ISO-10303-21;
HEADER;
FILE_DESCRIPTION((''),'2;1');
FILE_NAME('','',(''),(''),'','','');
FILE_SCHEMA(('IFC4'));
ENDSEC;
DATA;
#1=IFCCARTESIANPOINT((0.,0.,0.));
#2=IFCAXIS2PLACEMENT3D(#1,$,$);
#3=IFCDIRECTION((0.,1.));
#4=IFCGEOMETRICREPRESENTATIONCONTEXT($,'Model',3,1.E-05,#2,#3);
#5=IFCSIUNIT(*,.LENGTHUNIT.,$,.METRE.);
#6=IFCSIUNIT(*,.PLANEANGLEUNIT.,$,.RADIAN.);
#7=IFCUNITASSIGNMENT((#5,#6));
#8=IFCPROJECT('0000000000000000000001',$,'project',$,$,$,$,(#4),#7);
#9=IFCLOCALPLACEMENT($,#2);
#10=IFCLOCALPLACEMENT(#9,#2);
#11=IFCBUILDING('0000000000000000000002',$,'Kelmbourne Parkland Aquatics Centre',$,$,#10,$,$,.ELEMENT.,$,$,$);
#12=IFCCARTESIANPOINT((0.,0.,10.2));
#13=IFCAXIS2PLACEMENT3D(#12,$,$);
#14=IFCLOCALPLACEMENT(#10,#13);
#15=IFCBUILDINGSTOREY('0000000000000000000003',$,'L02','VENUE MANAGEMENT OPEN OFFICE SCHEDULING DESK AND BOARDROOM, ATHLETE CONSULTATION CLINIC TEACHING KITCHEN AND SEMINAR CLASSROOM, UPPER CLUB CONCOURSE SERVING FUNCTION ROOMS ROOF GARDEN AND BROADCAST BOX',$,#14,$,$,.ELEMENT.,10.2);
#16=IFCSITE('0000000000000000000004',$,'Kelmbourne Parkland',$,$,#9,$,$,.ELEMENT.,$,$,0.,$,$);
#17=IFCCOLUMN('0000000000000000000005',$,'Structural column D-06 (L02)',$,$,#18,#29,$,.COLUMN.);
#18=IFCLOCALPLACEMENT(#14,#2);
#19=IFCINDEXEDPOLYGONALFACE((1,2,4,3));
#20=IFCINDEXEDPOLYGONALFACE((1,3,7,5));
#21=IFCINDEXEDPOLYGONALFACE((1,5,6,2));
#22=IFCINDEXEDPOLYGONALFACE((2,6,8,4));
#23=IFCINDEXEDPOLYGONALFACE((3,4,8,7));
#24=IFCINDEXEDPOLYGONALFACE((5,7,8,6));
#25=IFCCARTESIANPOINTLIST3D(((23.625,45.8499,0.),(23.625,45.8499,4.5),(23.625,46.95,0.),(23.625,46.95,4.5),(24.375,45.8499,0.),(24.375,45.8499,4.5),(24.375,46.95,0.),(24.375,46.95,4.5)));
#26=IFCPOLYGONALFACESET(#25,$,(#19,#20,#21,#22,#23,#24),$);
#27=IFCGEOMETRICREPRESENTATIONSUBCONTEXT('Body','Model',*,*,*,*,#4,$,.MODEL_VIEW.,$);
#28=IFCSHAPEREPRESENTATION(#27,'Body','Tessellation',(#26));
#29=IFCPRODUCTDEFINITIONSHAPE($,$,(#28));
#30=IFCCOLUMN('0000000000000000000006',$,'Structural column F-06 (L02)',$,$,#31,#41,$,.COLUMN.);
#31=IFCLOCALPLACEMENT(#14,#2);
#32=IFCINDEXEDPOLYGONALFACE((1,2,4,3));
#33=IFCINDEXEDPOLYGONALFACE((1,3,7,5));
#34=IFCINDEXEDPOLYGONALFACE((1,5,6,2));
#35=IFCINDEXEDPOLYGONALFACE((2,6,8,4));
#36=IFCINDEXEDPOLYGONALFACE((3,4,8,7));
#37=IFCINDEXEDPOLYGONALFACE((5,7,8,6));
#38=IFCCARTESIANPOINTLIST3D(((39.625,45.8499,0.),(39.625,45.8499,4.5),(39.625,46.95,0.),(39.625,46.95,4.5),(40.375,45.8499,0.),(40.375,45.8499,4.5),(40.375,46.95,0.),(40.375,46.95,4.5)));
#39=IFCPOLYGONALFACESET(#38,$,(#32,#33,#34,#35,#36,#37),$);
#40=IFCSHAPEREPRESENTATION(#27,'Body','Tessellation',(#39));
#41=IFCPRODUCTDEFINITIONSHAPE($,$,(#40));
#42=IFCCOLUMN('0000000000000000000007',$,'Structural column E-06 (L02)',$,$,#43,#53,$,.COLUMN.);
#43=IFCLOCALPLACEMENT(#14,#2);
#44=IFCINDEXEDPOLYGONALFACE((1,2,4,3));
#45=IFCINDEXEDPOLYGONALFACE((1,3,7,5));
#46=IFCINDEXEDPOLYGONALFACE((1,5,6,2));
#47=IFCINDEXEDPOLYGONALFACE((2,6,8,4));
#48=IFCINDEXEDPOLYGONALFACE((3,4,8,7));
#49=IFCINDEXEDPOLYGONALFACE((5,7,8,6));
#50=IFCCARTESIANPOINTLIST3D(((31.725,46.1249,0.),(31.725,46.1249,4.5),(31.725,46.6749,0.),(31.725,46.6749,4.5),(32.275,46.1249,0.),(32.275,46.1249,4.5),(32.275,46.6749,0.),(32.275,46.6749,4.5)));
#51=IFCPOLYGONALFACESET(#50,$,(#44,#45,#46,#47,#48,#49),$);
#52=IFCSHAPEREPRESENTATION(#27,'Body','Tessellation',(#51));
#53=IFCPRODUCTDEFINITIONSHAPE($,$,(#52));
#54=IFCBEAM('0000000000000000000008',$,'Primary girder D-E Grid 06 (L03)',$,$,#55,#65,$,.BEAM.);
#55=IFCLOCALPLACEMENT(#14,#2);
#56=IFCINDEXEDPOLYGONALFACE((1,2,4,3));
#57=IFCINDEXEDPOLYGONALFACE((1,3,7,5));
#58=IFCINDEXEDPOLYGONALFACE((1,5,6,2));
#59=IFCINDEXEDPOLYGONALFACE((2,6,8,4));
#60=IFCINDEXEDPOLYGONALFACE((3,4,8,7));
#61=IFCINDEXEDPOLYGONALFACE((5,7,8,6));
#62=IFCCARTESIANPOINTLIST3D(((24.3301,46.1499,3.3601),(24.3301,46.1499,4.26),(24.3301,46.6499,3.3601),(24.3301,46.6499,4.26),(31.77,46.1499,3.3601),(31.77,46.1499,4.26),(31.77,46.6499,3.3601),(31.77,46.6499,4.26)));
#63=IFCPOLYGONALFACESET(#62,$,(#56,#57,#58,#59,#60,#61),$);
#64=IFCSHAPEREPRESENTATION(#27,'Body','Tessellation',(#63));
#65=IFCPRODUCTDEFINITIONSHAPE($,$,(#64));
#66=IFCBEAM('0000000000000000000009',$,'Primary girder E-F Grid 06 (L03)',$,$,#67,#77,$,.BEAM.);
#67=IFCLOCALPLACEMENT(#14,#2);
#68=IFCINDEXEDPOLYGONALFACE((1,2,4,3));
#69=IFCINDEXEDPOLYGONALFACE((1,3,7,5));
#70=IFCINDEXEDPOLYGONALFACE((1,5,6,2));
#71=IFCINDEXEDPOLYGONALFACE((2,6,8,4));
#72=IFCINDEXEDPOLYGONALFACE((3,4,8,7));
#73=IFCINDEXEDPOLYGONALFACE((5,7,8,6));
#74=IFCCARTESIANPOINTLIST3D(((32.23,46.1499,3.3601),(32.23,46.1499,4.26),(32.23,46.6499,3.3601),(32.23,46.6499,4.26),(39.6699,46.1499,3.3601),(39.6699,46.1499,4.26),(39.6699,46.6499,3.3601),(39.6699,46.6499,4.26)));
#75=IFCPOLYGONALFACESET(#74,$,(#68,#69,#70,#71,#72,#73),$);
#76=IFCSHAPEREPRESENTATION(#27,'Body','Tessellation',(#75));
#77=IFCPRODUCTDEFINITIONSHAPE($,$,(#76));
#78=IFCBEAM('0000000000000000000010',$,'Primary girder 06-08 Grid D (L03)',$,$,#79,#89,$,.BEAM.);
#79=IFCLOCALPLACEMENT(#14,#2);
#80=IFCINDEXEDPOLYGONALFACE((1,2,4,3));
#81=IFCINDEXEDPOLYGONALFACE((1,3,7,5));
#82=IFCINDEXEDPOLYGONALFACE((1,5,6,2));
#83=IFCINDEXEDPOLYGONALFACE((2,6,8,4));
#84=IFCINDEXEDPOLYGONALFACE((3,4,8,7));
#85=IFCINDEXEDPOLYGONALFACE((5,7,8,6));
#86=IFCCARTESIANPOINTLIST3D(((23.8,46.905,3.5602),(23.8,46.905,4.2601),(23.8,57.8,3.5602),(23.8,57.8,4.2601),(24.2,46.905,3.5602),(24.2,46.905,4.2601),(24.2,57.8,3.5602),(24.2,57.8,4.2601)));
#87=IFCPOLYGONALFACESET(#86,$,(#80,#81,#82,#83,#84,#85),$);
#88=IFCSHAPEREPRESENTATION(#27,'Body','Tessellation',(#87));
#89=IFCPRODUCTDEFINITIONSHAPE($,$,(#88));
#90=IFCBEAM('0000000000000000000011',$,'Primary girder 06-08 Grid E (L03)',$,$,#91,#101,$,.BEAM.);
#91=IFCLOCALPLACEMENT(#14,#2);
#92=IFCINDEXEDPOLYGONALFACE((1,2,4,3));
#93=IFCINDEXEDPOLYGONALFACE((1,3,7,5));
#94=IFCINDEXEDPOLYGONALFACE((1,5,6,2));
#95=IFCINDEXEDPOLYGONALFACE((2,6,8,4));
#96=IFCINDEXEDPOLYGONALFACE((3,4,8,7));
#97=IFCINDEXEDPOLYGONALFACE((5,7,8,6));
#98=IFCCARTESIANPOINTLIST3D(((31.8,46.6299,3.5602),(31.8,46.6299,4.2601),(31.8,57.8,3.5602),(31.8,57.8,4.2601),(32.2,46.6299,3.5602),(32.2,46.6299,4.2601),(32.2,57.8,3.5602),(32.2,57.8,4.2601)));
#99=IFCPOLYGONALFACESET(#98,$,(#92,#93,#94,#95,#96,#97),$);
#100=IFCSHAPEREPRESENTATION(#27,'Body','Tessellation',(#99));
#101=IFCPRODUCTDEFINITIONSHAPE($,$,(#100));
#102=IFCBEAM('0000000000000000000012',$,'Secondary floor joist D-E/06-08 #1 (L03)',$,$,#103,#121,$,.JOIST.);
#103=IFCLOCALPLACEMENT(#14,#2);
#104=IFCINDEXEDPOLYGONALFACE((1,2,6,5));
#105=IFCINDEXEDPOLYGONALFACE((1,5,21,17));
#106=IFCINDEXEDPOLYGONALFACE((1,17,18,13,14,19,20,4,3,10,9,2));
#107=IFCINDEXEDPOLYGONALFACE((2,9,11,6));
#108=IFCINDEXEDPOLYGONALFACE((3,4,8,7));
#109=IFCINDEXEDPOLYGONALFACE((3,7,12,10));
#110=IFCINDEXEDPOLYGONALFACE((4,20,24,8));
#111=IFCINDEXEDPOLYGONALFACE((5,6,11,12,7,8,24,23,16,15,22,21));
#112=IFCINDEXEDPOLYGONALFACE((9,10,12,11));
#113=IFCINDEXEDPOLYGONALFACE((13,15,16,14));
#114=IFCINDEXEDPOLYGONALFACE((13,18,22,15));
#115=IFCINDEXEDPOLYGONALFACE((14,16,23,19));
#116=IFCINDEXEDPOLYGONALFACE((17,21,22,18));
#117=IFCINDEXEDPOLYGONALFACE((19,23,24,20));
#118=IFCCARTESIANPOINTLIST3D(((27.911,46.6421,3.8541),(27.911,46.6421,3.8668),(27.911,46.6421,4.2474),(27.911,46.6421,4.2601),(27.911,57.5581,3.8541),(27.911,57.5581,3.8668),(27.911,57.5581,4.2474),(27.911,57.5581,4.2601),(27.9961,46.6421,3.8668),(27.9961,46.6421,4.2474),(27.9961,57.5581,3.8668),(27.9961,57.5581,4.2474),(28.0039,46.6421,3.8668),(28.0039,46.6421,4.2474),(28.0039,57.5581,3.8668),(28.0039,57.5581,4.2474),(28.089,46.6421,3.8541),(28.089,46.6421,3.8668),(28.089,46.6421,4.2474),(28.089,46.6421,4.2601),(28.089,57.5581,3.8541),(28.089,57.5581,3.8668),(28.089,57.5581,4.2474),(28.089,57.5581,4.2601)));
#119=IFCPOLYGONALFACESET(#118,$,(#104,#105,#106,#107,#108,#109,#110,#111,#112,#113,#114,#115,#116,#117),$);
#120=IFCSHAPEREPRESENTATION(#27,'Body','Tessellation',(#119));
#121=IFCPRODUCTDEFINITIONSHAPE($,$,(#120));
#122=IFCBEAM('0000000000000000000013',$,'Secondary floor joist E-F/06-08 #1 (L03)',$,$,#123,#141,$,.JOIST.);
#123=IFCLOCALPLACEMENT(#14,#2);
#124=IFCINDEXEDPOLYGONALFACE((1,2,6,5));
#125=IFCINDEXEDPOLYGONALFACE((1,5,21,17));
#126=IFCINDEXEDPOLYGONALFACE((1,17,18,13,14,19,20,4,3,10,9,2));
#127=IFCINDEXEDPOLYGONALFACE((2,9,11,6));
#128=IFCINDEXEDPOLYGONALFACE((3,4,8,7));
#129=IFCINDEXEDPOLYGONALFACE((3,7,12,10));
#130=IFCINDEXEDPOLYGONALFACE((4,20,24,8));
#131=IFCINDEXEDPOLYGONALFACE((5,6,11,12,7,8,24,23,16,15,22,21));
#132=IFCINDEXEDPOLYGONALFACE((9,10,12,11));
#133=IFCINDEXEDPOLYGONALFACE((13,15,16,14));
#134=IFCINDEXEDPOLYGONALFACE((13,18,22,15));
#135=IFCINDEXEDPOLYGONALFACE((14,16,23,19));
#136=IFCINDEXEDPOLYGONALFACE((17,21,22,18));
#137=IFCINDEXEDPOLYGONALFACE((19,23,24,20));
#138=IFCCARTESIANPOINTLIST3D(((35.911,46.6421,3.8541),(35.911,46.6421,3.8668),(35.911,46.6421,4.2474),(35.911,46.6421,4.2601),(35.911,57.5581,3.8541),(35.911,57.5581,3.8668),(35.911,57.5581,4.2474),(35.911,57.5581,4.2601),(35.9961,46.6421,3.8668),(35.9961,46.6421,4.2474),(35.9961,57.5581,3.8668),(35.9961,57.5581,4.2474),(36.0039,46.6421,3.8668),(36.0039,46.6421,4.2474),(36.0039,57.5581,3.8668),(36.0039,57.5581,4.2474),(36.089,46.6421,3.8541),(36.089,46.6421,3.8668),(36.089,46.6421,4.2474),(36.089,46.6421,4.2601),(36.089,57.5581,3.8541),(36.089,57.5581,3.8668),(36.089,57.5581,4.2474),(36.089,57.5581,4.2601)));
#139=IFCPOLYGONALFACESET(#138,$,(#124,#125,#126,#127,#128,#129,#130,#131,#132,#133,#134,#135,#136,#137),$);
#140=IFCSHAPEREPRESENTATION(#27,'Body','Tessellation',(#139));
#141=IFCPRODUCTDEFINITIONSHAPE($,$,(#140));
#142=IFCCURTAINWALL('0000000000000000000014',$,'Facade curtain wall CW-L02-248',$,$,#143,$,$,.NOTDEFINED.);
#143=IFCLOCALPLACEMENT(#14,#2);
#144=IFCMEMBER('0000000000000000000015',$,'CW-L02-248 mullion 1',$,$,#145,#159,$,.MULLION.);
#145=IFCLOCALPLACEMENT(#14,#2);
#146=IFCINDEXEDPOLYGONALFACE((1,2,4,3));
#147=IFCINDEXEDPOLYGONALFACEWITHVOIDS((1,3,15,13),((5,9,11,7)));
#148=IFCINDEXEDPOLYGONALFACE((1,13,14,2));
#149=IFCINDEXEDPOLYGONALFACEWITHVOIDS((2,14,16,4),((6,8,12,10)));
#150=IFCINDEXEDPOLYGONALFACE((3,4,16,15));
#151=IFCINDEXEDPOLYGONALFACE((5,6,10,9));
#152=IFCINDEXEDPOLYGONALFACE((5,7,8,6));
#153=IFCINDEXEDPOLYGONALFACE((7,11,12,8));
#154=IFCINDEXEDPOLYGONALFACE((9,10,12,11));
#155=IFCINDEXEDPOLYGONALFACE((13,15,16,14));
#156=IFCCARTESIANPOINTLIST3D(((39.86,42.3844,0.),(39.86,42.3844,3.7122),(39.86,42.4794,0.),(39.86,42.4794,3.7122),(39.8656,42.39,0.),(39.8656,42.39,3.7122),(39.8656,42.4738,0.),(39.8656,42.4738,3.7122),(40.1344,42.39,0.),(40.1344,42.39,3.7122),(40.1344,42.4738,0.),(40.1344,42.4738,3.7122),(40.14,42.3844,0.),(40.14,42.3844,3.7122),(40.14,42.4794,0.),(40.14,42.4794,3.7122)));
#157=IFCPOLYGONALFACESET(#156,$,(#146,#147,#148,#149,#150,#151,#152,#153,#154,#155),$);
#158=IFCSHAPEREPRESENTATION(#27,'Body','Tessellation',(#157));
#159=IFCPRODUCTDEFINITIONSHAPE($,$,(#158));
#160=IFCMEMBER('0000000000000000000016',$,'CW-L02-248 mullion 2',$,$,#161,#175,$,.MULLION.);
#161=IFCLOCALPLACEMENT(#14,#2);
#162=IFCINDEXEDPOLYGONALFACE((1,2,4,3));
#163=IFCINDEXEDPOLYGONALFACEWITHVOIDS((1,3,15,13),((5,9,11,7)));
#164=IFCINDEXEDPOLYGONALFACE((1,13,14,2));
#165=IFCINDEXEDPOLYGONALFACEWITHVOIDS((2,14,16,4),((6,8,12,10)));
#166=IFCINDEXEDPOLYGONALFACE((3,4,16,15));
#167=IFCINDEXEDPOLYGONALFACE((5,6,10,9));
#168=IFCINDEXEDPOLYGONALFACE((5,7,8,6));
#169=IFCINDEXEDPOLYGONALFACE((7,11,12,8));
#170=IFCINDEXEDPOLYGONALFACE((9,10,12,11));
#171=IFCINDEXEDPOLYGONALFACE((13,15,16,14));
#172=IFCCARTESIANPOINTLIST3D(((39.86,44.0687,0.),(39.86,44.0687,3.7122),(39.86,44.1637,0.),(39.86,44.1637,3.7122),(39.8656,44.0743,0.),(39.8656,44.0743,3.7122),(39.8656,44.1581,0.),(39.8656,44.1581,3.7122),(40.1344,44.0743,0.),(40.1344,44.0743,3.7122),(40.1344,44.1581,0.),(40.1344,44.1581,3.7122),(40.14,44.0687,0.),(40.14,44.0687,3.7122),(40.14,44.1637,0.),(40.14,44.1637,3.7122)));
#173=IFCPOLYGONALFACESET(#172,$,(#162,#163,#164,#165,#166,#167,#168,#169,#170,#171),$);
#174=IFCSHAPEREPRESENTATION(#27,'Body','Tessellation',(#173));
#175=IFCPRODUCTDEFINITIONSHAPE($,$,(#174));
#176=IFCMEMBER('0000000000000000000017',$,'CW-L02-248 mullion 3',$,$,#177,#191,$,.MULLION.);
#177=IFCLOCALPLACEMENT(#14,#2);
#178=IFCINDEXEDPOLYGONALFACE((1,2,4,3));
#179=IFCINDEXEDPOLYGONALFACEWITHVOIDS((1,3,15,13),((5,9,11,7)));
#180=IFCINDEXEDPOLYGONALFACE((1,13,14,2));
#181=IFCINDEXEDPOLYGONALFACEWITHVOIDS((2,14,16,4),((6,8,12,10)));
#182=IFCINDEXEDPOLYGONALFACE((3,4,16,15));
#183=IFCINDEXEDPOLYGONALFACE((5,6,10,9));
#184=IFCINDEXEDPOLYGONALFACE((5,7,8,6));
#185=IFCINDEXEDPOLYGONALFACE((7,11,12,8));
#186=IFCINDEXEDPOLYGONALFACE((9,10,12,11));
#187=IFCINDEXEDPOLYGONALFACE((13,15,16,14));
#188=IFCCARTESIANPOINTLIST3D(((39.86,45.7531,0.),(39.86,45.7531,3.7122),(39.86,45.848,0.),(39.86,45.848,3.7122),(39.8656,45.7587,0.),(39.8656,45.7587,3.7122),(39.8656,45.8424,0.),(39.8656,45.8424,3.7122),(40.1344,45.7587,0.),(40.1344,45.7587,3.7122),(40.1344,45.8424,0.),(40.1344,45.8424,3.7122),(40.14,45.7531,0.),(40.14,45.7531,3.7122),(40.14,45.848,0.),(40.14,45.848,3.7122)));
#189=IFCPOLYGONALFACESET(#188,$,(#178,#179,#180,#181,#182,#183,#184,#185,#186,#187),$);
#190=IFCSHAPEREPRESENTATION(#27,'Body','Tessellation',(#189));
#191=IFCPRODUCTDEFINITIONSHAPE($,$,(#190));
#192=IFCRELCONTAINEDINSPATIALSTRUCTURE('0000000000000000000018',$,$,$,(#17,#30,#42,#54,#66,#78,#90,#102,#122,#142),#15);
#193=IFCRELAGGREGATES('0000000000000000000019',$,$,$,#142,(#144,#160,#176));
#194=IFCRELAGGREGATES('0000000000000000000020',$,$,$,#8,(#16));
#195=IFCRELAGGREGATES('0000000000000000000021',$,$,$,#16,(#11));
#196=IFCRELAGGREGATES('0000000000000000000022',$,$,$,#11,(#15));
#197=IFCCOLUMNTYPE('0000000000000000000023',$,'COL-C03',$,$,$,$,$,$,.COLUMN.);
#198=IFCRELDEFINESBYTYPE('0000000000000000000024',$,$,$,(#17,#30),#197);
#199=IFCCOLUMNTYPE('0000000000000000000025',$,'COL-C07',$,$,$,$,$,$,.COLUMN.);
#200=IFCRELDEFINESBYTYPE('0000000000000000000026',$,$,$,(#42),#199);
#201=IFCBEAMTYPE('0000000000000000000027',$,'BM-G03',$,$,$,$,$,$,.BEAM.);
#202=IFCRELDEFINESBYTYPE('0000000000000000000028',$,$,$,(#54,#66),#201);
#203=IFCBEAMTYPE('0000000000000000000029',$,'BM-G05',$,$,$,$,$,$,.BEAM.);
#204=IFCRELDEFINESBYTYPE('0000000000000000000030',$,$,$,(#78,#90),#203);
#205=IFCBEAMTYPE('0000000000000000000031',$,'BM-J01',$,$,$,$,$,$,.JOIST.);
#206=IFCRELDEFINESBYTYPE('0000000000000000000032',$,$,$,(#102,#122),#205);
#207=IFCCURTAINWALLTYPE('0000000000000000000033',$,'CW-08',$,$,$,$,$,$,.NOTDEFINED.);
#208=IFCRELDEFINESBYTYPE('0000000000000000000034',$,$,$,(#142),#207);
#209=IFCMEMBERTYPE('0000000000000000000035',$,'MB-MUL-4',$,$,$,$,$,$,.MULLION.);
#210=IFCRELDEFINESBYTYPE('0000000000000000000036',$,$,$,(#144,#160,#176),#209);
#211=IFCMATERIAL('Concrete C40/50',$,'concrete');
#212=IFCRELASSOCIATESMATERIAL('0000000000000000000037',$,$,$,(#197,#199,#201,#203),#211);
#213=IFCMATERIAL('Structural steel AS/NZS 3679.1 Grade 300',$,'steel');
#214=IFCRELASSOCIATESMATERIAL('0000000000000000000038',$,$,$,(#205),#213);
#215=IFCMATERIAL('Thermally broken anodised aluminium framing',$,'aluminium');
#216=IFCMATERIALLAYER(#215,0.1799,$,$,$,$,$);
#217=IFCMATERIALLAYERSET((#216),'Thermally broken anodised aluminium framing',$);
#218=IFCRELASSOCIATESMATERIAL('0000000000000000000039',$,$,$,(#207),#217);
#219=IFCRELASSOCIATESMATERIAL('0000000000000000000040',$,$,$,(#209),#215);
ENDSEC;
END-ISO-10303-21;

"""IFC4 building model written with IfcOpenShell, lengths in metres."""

from ifc_helpers import new_model, si_unit, direction, frame, origin, origin_2d, place, context, subcontext, project, spatial, rectangle, hollow_rectangle, i_section, extrude, material, layer, layer_set, material_profile, profile_set, type_object, element, aggregate, save


model = new_model("IFC4")

# Units and contexts
model_context = context("Model", 3, precision=1e-05, world=origin(), true_north=direction((0.0, 1.0)))
body_context = subcontext(model_context, "Body", "Model", "MODEL_VIEW")
ifc_project = project(units=[si_unit("LENGTHUNIT", "METRE"), si_unit("PLANEANGLEUNIT", "RADIAN")], contexts=[model_context])

# Site, building, storey
site_placement = place(None, origin())
site = spatial("IfcSite", under=ifc_project, at=site_placement, Name="Kelmbourne Parkland", CompositionType="ELEMENT", RefElevation=0.0)
building_placement = place(site_placement, origin())
building = spatial("IfcBuilding", under=site, at=building_placement, Name="Kelmbourne Parkland Aquatics Centre", CompositionType="ELEMENT")
storey_placement = place(building_placement, frame((0.0, 0.0, 10.2)))
storey = spatial("IfcBuildingStorey", under=building, at=storey_placement, Name="L02", Description="VENUE MANAGEMENT OPEN OFFICE SCHEDULING DESK AND BOARDROOM, ATHLETE CONSULTATION CLINIC TEACHING KITCHEN AND SEMINAR CLASSROOM, UPPER CLUB CONCOURSE SERVING FUNCTION ROOMS ROOF GARDEN AND BROADCAST BOX", CompositionType="ELEMENT", Elevation=10.2)

# Columns
ifc_material_1 = material(Name="Concrete C40/50", Category="concrete")
ifc_material_profile_1 = material_profile(ifc_material_1, rectangle(XDim=0.75, YDim=1.1001, at=origin_2d()), Name="RC 750x1100")
ifc_profile_set_1 = profile_set([ifc_material_profile_1], Name="Concrete C40/50")
column_type_1 = type_object("IfcColumnType", Name="COL-C03", PredefinedType="COLUMN", material=ifc_profile_set_1)
for number, where, z_axis, x_axis, name in (
    (1, (24.0, 46.3999, 0.0), (0.0, 0.0, 1.0), (1.0, 0.0, 0.0), "Structural column D-06 (L02)"),
    (2, (40.0, 46.3999, 0.0), (0.0, 0.0, 1.0), (1.0, 0.0, 0.0), "Structural column F-06 (L02)"),
):
    element("IfcColumn", number, at=place(storey_placement, frame(where, z_axis=z_axis, x_axis=x_axis)), inside=storey, type_object=column_type_1, Name=name, PredefinedType="COLUMN", context=body_context, shape_type="SweptSolid", body=[
        extrude(rectangle(XDim=0.75, YDim=1.1001, at=origin_2d()), origin(), (0.0, 0.0, 1.0), 4.5),
    ])
ifc_material_profile_2 = material_profile(ifc_material_1, rectangle(XDim=0.55, YDim=0.55, at=origin_2d()), Name="RC 550x550")
ifc_profile_set_2 = profile_set([ifc_material_profile_2], Name="Concrete C40/50")
column_type_2 = type_object("IfcColumnType", Name="COL-C07", PredefinedType="COLUMN", material=ifc_profile_set_2)
column_placement = place(storey_placement, frame((32.0, 46.3999, 0.0), z_axis=(0.0, 0.0, 1.0), x_axis=(1.0, 0.0, 0.0)))
element("IfcColumn", 3, at=column_placement, inside=storey, type_object=column_type_2, Name="Structural column E-06 (L02)", PredefinedType="COLUMN", context=body_context, shape_type="SweptSolid", body=[
    extrude(rectangle(XDim=0.55, YDim=0.55, at=origin_2d()), origin(), (0.0, 0.0, 1.0), 4.5),
])

# Beams
ifc_material_profile_3 = material_profile(ifc_material_1, rectangle(XDim=0.5, YDim=0.8999, at=origin_2d()), Name="RC 500x900")
ifc_profile_set_3 = profile_set([ifc_material_profile_3], Name="Concrete C40/50")
beam_type_1 = type_object("IfcBeamType", Name="BM-G03", PredefinedType="BEAM", material=ifc_profile_set_3)
for number, where, z_axis, x_axis, name in (
    (4, (24.3301, 46.3999, 3.8101), (1.0, 0.0, 0.0), (0.0, 1.0, 0.0), "Primary girder D-E Grid 06 (L03)"),
    (5, (32.23, 46.3999, 3.8101), (1.0, 0.0, 0.0), (0.0, 1.0, 0.0), "Primary girder E-F Grid 06 (L03)"),
):
    element("IfcBeam", number, at=place(storey_placement, frame(where, z_axis=z_axis, x_axis=x_axis)), inside=storey, type_object=beam_type_1, Name=name, PredefinedType="BEAM", context=body_context, shape_type="SweptSolid", body=[
        extrude(rectangle(XDim=0.5, YDim=0.8999, at=origin_2d()), origin(), (0.0, 0.0, 1.0), 7.4399),
    ])
ifc_material_profile_4 = material_profile(ifc_material_1, rectangle(XDim=0.3999, YDim=0.7, at=origin_2d()), Name="RC 400x700")
ifc_profile_set_4 = profile_set([ifc_material_profile_4], Name="Concrete C40/50")
beam_type_2 = type_object("IfcBeamType", Name="BM-G05", PredefinedType="BEAM", material=ifc_profile_set_4)
beam_1_placement = place(storey_placement, frame((24.0, 46.905, 3.9102), z_axis=(0.0, 1.0, 0.0), x_axis=(-1.0, 0.0, 0.0)))
element("IfcBeam", 6, at=beam_1_placement, inside=storey, type_object=beam_type_2, Name="Primary girder 06-08 Grid D (L03)", PredefinedType="BEAM", context=body_context, shape_type="SweptSolid", body=[
    extrude(rectangle(XDim=0.3999, YDim=0.7, at=origin_2d()), origin(), (0.0, 0.0, 1.0), 10.895),
])
beam_2_placement = place(storey_placement, frame((32.0, 46.6299, 3.9102), z_axis=(0.0, 1.0, 0.0), x_axis=(-1.0, 0.0, 0.0)))
element("IfcBeam", 7, at=beam_2_placement, inside=storey, type_object=beam_type_2, Name="Primary girder 06-08 Grid E (L03)", PredefinedType="BEAM", context=body_context, shape_type="SweptSolid", body=[
    extrude(rectangle(XDim=0.3999, YDim=0.7, at=origin_2d()), origin(), (0.0, 0.0, 1.0), 11.1702),
])
ifc_material_2 = material(Name="Structural steel AS/NZS 3679.1 Grade 300", Category="steel")
ifc_material_profile_5 = material_profile(ifc_material_2, i_section(OverallWidth=0.178, OverallDepth=0.406, WebThickness=0.0078, FlangeThickness=0.0127, at=origin_2d()), Name="410UB59.7")
ifc_profile_set_5 = profile_set([ifc_material_profile_5], Name="Structural steel AS/NZS 3679.1 Grade 300")
beam_type_3 = type_object("IfcBeamType", Name="BM-J01", PredefinedType="JOIST", material=ifc_profile_set_5)
for number, where, z_axis, x_axis, name in (
    (8, (28.0, 46.6421, 4.0571), (0.0, 1.0, 0.0), (-1.0, 0.0, 0.0), "Secondary floor joist D-E/06-08 #1 (L03)"),
    (9, (36.0, 46.6421, 4.0571), (0.0, 1.0, 0.0), (-1.0, 0.0, 0.0), "Secondary floor joist E-F/06-08 #1 (L03)"),
):
    element("IfcBeam", number, at=place(storey_placement, frame(where, z_axis=z_axis, x_axis=x_axis)), inside=storey, type_object=beam_type_3, Name=name, PredefinedType="JOIST", context=body_context, shape_type="SweptSolid", body=[
        extrude(i_section(OverallWidth=0.178, OverallDepth=0.406, WebThickness=0.0078, FlangeThickness=0.0127, at=origin_2d()), origin(), (0.0, 0.0, 1.0), 10.916),
    ])

# Curtain wall, members
ifc_material_3 = material(Name="Thermally broken anodised aluminium framing", Category="aluminium")
ifc_layer_1 = layer(ifc_material_3, 0.1799)
ifc_layer_set_1 = layer_set([ifc_layer_1], Name="Thermally broken anodised aluminium framing")
curtain_wall_type = type_object("IfcCurtainWallType", Name="CW-08", PredefinedType="NOTDEFINED", material=ifc_layer_set_1)
curtain_wall_placement = place(storey_placement, origin())
curtain_wall = element("IfcCurtainWall", 10, at=curtain_wall_placement, inside=storey, type_object=curtain_wall_type, Name="Facade curtain wall CW-L02-248", PredefinedType="NOTDEFINED")
ifc_material_profile_6 = material_profile(ifc_material_3, hollow_rectangle(XDim=0.095, YDim=0.28, WallThickness=0.0056, at=origin_2d()), Name="CW-M 95x280")
ifc_profile_set_6 = profile_set([ifc_material_profile_6], Name="Thermally broken anodised aluminium framing")
member_type_1 = type_object("IfcMemberType", Name="MB-MUL-4", PredefinedType="MULLION", material=ifc_profile_set_6)
member_1_placement = place(storey_placement, frame((40.0, 42.4319, 0.0), z_axis=(0.0, 0.0, 1.0), x_axis=(0.0, 1.0, 0.0)))
member_1 = element("IfcMember", 11, at=member_1_placement, type_object=member_type_1, Name="CW-L02-248 mullion 1", PredefinedType="MULLION", context=body_context, shape_type="SweptSolid", body=[
    extrude(hollow_rectangle(XDim=0.095, YDim=0.28, WallThickness=0.0056, at=origin_2d()), origin(), (0.0, 0.0, 1.0), 3.7122),
])
member_2_placement = place(storey_placement, frame((40.0, 44.1162, 0.0), z_axis=(0.0, 0.0, 1.0), x_axis=(0.0, 1.0, 0.0)))
member_2 = element("IfcMember", 12, at=member_2_placement, type_object=member_type_1, Name="CW-L02-248 mullion 2", PredefinedType="MULLION", context=body_context, shape_type="SweptSolid", body=[
    extrude(hollow_rectangle(XDim=0.095, YDim=0.28, WallThickness=0.0056, at=origin_2d()), origin(), (0.0, 0.0, 1.0), 3.7122),
])
member_3_placement = place(storey_placement, frame((40.0, 45.8005, 0.0), z_axis=(0.0, 0.0, 1.0), x_axis=(0.0, 1.0, 0.0)))
member_3 = element("IfcMember", 13, at=member_3_placement, type_object=member_type_1, Name="CW-L02-248 mullion 3", PredefinedType="MULLION", context=body_context, shape_type="SweptSolid", body=[
    extrude(hollow_rectangle(XDim=0.095, YDim=0.28, WallThickness=0.0056, at=origin_2d()), origin(), (0.0, 0.0, 1.0), 3.7122),
])
aggregate(curtain_wall, [member_1, member_2, member_3])

save(model, "model.ifc")
